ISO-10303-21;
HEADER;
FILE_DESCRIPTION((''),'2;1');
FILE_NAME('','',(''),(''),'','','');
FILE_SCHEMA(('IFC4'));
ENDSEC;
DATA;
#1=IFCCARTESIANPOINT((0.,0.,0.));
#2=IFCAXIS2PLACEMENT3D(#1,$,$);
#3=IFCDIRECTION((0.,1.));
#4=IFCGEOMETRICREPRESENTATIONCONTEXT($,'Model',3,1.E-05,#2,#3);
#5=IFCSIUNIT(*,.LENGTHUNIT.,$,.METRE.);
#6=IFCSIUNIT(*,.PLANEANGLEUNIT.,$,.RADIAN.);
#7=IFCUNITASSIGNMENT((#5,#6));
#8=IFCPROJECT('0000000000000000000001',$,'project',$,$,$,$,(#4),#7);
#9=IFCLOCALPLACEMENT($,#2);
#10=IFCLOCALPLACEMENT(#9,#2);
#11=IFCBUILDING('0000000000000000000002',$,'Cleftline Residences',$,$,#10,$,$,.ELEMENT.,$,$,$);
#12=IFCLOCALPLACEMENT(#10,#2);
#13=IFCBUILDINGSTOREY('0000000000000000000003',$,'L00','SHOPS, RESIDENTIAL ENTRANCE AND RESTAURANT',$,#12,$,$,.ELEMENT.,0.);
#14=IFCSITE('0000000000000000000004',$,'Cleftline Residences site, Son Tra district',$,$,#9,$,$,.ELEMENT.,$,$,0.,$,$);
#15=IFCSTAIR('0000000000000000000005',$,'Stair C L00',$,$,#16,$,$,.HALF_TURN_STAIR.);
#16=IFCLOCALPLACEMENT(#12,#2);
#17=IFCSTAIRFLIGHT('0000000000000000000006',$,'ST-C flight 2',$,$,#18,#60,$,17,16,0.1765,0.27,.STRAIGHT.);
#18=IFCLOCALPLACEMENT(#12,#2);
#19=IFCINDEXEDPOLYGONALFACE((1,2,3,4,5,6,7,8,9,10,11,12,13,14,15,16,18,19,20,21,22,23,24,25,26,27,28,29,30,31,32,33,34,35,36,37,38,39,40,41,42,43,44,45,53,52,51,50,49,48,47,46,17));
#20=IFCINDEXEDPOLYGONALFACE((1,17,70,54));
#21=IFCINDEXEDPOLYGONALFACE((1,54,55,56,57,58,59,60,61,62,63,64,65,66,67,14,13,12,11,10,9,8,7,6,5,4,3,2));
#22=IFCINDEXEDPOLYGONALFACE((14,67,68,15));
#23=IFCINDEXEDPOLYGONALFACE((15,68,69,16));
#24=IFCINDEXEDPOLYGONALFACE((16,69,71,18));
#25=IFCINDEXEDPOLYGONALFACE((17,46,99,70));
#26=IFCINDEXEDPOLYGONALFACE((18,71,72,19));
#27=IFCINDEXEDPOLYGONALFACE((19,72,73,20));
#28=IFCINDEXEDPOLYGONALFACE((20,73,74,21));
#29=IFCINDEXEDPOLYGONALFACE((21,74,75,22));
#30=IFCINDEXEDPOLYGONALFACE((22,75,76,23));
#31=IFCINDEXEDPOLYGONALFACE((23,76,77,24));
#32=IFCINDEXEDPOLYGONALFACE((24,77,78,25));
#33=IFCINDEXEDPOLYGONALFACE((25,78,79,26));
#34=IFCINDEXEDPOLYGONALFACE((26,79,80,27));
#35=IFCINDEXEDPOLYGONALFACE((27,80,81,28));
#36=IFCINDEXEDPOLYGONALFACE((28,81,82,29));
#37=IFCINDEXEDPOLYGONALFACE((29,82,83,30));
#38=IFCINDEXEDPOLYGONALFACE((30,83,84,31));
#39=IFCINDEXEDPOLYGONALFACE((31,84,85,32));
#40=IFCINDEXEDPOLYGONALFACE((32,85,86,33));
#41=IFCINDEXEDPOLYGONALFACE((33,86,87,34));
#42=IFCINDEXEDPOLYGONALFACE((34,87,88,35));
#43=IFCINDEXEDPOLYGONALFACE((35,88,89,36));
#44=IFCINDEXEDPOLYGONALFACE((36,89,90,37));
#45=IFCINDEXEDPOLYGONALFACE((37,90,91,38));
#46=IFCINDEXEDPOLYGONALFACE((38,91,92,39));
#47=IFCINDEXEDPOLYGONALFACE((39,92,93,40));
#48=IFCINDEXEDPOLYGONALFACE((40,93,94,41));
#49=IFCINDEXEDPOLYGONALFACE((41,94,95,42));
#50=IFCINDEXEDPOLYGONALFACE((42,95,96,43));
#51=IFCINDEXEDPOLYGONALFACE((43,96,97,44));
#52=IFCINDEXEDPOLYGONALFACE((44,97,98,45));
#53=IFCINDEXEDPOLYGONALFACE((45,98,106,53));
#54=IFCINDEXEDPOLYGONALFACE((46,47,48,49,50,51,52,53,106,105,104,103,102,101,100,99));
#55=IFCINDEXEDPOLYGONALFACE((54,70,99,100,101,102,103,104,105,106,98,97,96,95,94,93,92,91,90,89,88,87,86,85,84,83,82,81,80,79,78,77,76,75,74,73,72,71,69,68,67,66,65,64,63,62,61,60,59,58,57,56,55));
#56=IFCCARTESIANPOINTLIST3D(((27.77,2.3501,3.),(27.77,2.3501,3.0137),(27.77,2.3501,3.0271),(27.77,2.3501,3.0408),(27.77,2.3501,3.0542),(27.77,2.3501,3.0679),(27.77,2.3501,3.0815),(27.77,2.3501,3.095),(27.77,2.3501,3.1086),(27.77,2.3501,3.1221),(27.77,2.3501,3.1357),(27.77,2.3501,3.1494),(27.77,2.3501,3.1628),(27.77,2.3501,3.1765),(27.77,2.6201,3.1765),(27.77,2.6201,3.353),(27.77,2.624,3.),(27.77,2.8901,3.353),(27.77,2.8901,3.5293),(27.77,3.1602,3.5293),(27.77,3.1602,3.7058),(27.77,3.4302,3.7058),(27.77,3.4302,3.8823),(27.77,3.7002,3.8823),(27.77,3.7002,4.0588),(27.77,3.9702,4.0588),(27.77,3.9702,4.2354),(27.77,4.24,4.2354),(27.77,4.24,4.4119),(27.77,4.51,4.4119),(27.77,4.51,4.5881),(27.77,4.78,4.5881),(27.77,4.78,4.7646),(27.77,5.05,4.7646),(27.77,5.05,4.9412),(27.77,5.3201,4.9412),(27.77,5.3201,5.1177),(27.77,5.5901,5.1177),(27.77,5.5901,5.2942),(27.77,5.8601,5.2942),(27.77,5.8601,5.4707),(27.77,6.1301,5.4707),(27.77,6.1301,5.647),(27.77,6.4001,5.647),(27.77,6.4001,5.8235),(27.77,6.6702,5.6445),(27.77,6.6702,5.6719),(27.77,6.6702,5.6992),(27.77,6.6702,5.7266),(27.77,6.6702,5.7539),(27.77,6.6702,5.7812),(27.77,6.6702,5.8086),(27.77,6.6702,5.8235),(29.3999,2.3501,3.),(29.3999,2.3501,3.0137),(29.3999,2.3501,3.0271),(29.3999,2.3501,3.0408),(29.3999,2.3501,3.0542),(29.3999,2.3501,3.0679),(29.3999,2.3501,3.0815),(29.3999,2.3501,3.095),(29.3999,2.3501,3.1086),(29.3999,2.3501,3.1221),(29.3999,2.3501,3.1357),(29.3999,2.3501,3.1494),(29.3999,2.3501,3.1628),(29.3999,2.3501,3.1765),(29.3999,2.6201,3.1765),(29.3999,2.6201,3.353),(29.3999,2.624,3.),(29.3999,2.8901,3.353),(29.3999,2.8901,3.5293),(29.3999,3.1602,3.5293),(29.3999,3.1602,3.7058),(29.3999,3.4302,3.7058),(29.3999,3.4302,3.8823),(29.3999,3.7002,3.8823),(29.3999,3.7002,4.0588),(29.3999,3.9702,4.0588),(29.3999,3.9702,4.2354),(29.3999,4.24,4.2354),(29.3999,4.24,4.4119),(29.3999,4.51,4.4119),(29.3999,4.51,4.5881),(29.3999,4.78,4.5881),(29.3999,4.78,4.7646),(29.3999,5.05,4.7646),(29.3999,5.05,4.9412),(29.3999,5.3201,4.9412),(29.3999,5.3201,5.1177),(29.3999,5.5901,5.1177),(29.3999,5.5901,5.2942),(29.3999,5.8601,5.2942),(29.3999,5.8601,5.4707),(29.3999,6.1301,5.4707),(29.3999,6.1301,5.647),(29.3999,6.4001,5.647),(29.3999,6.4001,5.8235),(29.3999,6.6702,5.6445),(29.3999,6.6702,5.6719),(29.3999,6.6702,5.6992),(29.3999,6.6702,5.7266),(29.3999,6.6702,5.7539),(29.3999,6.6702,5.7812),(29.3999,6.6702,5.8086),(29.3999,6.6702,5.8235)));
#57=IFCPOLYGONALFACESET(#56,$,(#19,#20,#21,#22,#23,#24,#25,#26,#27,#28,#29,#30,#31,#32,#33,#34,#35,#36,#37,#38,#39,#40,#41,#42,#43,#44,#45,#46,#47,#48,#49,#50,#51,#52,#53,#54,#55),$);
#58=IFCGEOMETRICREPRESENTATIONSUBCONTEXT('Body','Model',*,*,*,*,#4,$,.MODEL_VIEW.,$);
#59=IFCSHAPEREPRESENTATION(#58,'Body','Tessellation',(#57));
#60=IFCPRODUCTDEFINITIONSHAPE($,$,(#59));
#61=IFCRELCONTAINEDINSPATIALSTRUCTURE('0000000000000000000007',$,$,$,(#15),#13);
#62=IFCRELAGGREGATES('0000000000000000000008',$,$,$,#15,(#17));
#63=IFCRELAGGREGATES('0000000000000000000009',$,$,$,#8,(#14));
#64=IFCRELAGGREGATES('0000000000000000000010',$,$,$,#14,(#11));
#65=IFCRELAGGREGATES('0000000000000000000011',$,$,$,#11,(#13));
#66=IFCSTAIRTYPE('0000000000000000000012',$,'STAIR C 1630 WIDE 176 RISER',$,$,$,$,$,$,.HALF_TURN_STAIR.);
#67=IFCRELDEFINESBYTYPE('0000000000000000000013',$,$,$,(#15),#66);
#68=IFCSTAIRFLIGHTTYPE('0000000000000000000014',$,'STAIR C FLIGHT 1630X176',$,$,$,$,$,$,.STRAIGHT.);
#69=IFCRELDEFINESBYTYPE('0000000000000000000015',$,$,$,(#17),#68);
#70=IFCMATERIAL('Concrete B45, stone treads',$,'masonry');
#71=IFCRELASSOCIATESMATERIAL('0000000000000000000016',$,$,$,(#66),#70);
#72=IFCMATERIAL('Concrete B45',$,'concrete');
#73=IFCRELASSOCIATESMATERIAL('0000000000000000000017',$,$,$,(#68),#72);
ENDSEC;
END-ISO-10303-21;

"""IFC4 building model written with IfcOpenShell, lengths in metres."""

from ifc_helpers import new_model, si_unit, direction, frame, origin, place, context, subcontext, project, spatial, polyline, outline, extrude, material, type_object, element, aggregate, save


model = new_model("IFC4")

# Units and contexts
model_context = context("Model", 3, precision=1e-05, world=origin(), true_north=direction((0.0, 1.0)))
body_context = subcontext(model_context, "Body", "Model", "MODEL_VIEW")
ifc_project = project(units=[si_unit("LENGTHUNIT", "METRE"), si_unit("PLANEANGLEUNIT", "RADIAN")], contexts=[model_context])

# Site, building, storey
site_placement = place(None, origin())
site = spatial("IfcSite", under=ifc_project, at=site_placement, Name="Cleftline Residences site, Son Tra district", CompositionType="ELEMENT", RefElevation=0.0)
building_placement = place(site_placement, origin())
building = spatial("IfcBuilding", under=site, at=building_placement, Name="Cleftline Residences", CompositionType="ELEMENT")
storey_placement = place(building_placement, origin())
storey = spatial("IfcBuildingStorey", under=building, at=storey_placement, Name="L00", Description="SHOPS, RESIDENTIAL ENTRANCE AND RESTAURANT", CompositionType="ELEMENT", Elevation=0.0)

# Stair, stair flight
ifc_material_1 = material(Name="Concrete B45, stone treads", Category="masonry")
stair_type = type_object("IfcStairType", Name="STAIR C 1630 WIDE 176 RISER", PredefinedType="HALF_TURN_STAIR", material=ifc_material_1)
stair_placement = place(storey_placement, origin())
stair = element("IfcStair", 1, at=stair_placement, inside=storey, type_object=stair_type, Name="Stair C L00", PredefinedType="HALF_TURN_STAIR")
ifc_material_2 = material(Name="Concrete B45", Category="concrete")
stair_flight_type = type_object("IfcStairFlightType", Name="STAIR C FLIGHT 1630X176", PredefinedType="STRAIGHT", material=ifc_material_2)
stair_flight_1_placement = place(storey_placement, frame((28.585, 2.3501, 3.0), z_axis=(0.0, 0.0, 1.0), x_axis=(0.0, 1.0, 0.0)))
stair_flight_1 = element("IfcStairFlight", 2, at=stair_flight_1_placement, type_object=stair_flight_type, Name="ST-C flight 2", NumberOfRisers=17, NumberOfTreads=16, PredefinedType="STRAIGHT", RiserHeight=0.1765, TreadLength=0.27, context=body_context, shape_type="SweptSolid", body=[
    extrude(outline(polyline([(0.0, 0.0), (0.0, 0.0137), (0.0, 0.0271), (0.0, 0.0408), (0.0, 0.0542), (0.0, 0.0679), (0.0, 0.0815), (0.0, 0.095), (0.0, 0.1086), (0.0, 0.1221), (0.0, 0.1357), (0.0, 0.1494), (0.0, 0.1628), (0.0, 0.1765), (0.27, 0.1765), (0.27, 0.353), (0.54, 0.353), (0.54, 0.5293), (0.8101, 0.5293), (0.8101, 0.7058), (1.0801, 0.7058), (1.0801, 0.8823), (1.3501, 0.8823), (1.3501, 1.0588), (1.6201, 1.0588), (1.6201, 1.2354), (1.8899, 1.2354), (1.8899, 1.4119), (2.1599, 1.4119), (2.1599, 1.5881), (2.4299, 1.5881), (2.4299, 1.7646), (2.7, 1.7646), (2.7, 1.9412), (2.97, 1.9412), (2.97, 2.1177), (3.24, 2.1177), (3.24, 2.2942), (3.51, 2.2942), (3.51, 2.4707), (3.78, 2.4707), (3.78, 2.647), (4.05, 2.647), (4.05, 2.8235), (4.3201, 2.8235), (4.3201, 3.0), (4.3201, 2.9727), (4.3201, 2.9453), (4.3201, 2.918), (4.3201, 2.8906), (4.3201, 2.8633), (4.3201, 2.8359), (4.3201, 2.8086), (4.3201, 2.7812), (4.3201, 2.7539), (4.3201, 2.7266), (4.3201, 2.6992), (4.3201, 2.6719), (4.3201, 2.6445), (0.2739, 0.0), (0.0, 0.0)])), frame((0.0, 0.8149, 0.0), z_axis=(0.0, -1.0, 0.0), x_axis=(1.0, 0.0, 0.0)), (0.0, 0.0, 1.0), 1.6299),
])
aggregate(stair, [stair_flight_1])

save(model, "model.ifc")
